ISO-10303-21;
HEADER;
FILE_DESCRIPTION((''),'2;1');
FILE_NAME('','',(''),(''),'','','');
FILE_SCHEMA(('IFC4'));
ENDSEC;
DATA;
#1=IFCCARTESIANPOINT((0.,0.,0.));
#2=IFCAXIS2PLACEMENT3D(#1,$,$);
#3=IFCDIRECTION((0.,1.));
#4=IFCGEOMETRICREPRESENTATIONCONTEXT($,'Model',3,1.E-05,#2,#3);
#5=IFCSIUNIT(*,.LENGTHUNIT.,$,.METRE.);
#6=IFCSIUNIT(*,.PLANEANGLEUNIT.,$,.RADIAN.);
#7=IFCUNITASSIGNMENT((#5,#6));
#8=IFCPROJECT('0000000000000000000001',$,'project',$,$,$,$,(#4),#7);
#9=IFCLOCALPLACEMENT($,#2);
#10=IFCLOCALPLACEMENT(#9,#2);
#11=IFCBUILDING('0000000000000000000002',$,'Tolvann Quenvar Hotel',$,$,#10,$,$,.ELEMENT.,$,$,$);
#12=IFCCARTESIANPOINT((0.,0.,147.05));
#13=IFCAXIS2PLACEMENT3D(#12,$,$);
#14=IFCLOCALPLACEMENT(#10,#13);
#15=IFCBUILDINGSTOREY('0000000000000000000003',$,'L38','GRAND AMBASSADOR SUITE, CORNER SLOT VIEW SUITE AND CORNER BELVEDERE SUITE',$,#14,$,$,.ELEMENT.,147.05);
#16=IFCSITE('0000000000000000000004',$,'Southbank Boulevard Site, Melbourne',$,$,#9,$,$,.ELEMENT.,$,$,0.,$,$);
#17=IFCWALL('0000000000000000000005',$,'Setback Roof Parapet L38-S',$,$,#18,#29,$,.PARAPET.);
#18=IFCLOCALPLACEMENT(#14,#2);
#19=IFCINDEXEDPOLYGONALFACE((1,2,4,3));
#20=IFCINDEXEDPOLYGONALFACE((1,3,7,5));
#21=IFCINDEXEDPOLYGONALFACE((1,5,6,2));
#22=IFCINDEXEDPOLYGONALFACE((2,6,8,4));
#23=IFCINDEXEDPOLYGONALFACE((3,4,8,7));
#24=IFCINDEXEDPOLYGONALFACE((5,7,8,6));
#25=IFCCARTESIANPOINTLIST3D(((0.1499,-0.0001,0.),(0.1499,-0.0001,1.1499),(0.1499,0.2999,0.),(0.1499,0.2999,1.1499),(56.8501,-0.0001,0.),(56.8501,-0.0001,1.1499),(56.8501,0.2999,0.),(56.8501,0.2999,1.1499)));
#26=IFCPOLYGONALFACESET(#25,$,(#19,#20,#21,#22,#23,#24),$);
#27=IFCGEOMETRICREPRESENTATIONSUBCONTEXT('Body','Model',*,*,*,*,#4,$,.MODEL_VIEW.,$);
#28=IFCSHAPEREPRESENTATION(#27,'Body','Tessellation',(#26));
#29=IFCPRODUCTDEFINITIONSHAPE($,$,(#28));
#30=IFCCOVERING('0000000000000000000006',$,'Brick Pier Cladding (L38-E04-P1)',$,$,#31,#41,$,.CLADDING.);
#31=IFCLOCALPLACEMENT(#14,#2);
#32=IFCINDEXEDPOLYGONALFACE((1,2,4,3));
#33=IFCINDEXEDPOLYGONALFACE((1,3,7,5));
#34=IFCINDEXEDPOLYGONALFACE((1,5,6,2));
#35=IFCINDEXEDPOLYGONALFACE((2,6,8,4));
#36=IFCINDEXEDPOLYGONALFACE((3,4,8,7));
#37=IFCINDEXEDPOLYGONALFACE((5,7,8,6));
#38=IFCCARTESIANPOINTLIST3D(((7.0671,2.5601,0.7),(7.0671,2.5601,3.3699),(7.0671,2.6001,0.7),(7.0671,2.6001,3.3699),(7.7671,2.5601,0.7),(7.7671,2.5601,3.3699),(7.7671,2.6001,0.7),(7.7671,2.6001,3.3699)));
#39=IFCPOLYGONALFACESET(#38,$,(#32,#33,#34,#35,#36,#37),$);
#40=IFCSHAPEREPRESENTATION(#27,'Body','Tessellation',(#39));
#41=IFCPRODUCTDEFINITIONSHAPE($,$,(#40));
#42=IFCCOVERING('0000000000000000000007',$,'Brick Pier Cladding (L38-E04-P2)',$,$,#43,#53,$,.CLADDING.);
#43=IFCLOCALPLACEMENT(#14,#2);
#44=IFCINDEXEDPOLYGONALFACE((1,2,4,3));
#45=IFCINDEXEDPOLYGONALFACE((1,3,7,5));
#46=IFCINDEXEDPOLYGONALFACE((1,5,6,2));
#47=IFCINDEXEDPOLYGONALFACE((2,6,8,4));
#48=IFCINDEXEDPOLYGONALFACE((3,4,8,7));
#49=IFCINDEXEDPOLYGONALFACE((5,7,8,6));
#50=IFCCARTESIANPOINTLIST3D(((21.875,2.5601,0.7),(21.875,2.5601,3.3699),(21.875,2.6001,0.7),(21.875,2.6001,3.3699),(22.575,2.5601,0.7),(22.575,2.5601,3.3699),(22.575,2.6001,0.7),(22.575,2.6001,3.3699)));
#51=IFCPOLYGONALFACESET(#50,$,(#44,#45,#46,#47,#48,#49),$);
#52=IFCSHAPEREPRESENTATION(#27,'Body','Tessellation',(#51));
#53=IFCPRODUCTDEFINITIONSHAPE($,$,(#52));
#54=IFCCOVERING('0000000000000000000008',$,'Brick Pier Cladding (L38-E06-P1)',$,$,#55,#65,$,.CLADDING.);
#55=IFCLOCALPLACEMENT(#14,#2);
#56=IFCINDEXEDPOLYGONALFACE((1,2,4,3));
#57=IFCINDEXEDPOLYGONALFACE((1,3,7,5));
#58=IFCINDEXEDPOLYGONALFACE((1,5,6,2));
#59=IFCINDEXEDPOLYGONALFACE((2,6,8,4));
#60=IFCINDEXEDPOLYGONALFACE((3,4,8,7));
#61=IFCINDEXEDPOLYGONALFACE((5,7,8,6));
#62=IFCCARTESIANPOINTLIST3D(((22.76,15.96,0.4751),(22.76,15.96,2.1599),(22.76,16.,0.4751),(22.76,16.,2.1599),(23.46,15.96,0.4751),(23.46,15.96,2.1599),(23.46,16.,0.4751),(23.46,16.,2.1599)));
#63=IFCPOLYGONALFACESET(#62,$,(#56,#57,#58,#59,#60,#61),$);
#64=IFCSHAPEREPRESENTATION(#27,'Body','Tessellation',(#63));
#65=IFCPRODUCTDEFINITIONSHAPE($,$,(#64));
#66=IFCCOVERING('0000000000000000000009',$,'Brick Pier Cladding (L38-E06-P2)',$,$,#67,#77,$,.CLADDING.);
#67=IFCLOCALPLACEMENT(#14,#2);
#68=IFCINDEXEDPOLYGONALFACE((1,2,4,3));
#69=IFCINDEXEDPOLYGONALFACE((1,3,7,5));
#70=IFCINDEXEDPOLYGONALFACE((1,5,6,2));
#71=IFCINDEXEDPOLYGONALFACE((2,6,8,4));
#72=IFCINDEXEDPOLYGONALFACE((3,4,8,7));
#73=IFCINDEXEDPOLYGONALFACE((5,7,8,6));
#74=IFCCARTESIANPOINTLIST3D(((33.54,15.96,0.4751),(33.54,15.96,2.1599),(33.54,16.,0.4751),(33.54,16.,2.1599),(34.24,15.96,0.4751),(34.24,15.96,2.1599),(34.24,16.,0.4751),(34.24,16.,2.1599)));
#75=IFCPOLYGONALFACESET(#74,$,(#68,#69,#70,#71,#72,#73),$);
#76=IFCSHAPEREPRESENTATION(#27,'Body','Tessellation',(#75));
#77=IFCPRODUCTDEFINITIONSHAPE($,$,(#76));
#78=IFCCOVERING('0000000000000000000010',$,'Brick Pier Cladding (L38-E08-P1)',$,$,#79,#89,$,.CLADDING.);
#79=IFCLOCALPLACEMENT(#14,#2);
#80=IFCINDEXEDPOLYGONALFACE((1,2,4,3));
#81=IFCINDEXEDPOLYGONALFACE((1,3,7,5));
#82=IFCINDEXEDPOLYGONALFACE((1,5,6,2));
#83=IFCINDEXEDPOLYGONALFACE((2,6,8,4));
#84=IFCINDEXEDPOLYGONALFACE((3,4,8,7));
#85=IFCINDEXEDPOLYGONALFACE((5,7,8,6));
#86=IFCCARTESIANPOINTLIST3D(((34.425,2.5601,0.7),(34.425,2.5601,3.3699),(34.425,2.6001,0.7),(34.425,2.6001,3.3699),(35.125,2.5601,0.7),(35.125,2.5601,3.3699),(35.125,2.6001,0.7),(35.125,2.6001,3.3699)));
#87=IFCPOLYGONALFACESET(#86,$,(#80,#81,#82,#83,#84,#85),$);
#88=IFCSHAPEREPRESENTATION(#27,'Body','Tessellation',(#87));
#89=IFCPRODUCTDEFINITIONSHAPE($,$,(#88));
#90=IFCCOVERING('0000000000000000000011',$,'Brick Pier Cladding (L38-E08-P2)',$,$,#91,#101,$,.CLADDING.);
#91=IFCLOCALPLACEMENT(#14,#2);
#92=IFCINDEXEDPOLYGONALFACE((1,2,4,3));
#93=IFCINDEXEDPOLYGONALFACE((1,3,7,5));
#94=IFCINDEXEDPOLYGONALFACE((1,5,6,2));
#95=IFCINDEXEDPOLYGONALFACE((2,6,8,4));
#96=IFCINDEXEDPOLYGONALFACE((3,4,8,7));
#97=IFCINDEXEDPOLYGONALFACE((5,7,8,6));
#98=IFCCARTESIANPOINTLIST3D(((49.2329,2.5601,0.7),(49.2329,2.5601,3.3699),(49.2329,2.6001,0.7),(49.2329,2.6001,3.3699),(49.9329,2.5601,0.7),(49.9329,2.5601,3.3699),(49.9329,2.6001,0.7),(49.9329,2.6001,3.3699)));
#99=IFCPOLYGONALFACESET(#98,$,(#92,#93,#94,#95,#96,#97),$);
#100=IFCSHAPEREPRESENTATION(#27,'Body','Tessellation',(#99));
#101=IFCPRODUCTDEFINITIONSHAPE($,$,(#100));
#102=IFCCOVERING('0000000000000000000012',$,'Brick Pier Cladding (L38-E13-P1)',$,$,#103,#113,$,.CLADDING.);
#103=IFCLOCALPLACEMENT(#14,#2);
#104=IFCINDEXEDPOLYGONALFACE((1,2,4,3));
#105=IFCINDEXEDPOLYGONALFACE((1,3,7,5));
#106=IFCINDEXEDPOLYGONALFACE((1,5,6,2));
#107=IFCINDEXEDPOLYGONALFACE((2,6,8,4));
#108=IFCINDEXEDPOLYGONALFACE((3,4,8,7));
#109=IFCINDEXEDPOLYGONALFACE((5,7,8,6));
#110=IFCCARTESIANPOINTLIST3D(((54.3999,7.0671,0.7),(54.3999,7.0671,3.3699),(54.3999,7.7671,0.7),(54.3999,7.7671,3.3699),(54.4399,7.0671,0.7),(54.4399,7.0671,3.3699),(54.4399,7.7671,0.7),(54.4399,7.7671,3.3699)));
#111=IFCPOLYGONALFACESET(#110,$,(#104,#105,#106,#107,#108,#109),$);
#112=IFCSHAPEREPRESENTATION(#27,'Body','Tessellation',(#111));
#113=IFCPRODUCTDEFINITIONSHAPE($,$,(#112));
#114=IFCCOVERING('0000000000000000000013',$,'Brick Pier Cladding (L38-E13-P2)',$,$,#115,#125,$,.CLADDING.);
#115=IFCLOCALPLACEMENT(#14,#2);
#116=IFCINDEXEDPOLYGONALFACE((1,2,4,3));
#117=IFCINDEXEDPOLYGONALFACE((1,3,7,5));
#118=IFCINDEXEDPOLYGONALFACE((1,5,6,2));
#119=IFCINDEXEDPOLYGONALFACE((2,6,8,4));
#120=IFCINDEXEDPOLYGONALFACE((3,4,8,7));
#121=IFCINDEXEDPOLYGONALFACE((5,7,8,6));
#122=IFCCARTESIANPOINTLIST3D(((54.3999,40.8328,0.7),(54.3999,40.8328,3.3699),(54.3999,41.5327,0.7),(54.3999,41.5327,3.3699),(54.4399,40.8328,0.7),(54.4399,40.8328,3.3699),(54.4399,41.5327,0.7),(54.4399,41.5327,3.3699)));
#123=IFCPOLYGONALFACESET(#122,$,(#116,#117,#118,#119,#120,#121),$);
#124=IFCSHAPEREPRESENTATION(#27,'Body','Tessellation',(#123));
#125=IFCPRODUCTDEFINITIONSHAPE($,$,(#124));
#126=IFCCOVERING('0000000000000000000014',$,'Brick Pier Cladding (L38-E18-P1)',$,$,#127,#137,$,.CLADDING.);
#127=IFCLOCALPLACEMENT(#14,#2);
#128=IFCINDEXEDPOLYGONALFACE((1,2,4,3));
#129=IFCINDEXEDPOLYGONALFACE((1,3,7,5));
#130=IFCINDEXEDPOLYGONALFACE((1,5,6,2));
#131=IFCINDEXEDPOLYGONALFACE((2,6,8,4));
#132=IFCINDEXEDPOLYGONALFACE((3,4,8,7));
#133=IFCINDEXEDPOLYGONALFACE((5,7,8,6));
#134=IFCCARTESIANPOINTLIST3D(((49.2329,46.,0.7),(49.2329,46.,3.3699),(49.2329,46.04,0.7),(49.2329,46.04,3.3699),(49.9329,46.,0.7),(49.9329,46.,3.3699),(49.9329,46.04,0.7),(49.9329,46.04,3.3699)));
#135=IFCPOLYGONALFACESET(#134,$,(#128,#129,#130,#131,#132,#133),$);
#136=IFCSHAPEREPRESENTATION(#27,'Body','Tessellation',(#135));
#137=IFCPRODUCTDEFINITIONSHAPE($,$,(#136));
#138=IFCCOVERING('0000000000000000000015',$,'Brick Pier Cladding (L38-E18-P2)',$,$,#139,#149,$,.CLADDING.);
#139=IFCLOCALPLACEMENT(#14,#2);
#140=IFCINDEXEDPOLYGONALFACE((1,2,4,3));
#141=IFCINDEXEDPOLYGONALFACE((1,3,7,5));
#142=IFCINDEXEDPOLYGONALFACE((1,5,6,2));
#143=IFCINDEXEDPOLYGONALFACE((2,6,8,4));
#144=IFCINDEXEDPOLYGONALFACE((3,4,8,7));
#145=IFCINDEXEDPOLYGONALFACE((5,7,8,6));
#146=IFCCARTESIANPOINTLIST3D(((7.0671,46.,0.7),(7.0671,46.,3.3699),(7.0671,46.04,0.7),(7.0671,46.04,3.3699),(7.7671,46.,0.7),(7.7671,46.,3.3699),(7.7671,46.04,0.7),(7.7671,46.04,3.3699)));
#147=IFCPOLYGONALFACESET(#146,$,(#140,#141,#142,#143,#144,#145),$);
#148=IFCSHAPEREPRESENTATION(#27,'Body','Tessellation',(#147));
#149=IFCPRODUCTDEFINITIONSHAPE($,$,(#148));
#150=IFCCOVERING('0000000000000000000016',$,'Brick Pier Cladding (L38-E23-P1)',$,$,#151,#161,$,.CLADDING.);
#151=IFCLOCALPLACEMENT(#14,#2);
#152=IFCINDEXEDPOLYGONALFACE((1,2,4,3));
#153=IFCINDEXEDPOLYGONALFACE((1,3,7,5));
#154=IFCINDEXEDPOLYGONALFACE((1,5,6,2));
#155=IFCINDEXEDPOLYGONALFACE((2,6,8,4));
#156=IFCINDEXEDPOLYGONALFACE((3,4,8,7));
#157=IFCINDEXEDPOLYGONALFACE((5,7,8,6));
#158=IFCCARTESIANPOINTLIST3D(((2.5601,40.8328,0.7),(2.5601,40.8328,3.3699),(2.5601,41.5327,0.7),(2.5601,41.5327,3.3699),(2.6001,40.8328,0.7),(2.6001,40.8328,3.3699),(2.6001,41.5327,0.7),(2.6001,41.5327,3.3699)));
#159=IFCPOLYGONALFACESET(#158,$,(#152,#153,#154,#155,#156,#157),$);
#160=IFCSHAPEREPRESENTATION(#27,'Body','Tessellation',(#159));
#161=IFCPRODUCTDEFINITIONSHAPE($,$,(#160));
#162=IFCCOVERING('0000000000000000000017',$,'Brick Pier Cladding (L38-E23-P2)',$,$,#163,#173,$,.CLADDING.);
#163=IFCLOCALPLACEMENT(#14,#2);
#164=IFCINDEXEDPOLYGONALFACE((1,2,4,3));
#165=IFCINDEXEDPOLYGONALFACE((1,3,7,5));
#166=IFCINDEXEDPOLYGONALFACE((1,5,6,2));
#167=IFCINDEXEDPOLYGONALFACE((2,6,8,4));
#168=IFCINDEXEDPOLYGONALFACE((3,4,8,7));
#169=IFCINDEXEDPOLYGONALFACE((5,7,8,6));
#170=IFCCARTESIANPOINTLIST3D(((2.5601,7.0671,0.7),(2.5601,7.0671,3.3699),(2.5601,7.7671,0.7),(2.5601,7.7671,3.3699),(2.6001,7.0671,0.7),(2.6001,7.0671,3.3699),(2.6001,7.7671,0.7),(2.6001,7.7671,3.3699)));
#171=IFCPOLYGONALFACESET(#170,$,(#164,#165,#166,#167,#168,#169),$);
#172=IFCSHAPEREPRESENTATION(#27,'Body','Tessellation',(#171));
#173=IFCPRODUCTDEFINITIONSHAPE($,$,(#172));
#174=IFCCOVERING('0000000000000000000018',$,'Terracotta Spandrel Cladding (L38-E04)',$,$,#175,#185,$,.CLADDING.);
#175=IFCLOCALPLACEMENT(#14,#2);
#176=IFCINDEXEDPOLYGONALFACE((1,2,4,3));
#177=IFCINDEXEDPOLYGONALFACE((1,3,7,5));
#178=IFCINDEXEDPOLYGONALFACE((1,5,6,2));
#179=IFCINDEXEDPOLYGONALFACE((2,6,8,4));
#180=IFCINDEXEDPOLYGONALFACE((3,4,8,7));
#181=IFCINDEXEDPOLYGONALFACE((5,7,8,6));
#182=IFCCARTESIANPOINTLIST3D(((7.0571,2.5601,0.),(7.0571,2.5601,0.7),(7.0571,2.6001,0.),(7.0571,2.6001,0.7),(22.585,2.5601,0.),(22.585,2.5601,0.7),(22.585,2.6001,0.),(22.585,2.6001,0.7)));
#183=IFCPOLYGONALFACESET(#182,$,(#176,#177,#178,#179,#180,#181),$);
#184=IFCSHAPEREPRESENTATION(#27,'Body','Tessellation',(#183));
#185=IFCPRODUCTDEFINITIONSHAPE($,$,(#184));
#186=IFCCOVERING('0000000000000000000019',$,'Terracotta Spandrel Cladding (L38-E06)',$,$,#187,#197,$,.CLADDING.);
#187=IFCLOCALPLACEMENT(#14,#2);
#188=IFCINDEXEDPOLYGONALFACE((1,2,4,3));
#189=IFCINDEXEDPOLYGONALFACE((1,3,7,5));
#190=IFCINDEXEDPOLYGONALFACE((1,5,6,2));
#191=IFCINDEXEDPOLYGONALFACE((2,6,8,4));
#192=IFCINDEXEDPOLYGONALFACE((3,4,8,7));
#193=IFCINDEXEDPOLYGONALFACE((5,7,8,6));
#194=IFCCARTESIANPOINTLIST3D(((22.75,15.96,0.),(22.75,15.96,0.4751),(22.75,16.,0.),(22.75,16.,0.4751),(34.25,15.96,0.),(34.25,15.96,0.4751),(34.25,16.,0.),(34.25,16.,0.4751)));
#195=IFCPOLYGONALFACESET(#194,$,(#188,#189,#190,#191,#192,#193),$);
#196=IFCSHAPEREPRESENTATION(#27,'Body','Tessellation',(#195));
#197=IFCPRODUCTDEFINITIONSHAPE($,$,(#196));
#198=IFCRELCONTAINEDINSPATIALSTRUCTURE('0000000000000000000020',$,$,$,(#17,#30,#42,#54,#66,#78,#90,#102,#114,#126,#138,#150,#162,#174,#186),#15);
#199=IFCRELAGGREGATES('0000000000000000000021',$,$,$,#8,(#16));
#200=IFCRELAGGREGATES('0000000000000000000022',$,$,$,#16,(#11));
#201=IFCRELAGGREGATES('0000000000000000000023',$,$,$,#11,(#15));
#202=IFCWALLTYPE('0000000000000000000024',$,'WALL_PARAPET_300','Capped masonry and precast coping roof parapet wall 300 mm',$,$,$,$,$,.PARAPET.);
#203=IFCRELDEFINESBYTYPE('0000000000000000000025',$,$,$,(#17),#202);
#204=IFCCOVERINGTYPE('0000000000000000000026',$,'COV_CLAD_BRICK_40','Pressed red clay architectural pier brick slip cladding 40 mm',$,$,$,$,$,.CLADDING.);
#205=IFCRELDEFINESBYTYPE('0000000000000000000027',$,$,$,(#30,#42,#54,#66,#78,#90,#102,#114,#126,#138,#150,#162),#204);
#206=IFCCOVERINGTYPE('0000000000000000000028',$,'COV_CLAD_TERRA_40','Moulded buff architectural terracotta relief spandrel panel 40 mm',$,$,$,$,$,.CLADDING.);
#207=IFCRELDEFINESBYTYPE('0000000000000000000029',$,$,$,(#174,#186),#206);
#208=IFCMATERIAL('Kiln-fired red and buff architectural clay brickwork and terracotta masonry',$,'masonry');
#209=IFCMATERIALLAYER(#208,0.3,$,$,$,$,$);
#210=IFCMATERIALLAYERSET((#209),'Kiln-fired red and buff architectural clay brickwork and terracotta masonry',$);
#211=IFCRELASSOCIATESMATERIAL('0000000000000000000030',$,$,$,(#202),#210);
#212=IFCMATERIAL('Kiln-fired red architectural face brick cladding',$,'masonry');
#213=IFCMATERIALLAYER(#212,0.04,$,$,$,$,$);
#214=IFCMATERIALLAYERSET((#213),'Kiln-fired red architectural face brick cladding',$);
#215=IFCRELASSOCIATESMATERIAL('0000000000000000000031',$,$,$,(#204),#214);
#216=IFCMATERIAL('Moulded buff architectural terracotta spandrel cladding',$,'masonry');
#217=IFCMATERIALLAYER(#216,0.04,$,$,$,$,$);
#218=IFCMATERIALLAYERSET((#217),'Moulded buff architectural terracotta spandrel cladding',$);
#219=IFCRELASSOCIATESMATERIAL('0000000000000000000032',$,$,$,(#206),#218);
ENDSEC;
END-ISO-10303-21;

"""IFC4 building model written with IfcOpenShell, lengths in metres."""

from ifc_helpers import new_model, si_unit, direction, frame, frame_2d, origin, place, context, subcontext, project, spatial, polyline, rectangle, outline, extrude, material, layer, layer_set, type_object, element, save


model = new_model("IFC4")

# Units and contexts
model_context = context("Model", 3, precision=1e-05, world=origin(), true_north=direction((0.0, 1.0)))
body_context = subcontext(model_context, "Body", "Model", "MODEL_VIEW")
ifc_project = project(units=[si_unit("LENGTHUNIT", "METRE"), si_unit("PLANEANGLEUNIT", "RADIAN")], contexts=[model_context])

# Site, building, storey
site_placement = place(None, origin())
site = spatial("IfcSite", under=ifc_project, at=site_placement, Name="Southbank Boulevard Site, Melbourne", CompositionType="ELEMENT", RefElevation=0.0)
building_placement = place(site_placement, origin())
building = spatial("IfcBuilding", under=site, at=building_placement, Name="Tolvann Quenvar Hotel", CompositionType="ELEMENT")
storey_placement = place(building_placement, frame((0.0, 0.0, 147.05)))
storey = spatial("IfcBuildingStorey", under=building, at=storey_placement, Name="L38", Description="GRAND AMBASSADOR SUITE, CORNER SLOT VIEW SUITE AND CORNER BELVEDERE SUITE", CompositionType="ELEMENT", Elevation=147.05)

# Wall
ifc_material_1 = material(Name="Kiln-fired red and buff architectural clay brickwork and terracotta masonry", Category="masonry")
ifc_layer_1 = layer(ifc_material_1, 0.3)
ifc_layer_set_1 = layer_set([ifc_layer_1], Name="Kiln-fired red and buff architectural clay brickwork and terracotta masonry")
wall_type = type_object("IfcWallType", Name="WALL_PARAPET_300", Description="Capped masonry and precast coping roof parapet wall 300 mm", PredefinedType="PARAPET", material=ifc_layer_set_1)
wall_placement = place(storey_placement, frame((0.1499, 0.1499, 0.0), z_axis=(0.0, 0.0, 1.0), x_axis=(1.0, 0.0, 0.0)))
element("IfcWall", 1, at=wall_placement, inside=storey, type_object=wall_type, Name="Setback Roof Parapet L38-S", PredefinedType="PARAPET", context=body_context, shape_type="SweptSolid", body=[
    extrude(rectangle(XDim=56.7002, YDim=0.3, at=frame_2d((28.3501, 0.0))), origin(), (0.0, 0.0, 1.0), 1.1499),
])

# Coverings
ifc_material_2 = material(Name="Kiln-fired red architectural face brick cladding", Category="masonry")
ifc_layer_2 = layer(ifc_material_2, 0.04)
ifc_layer_set_2 = layer_set([ifc_layer_2], Name="Kiln-fired red architectural face brick cladding")
covering_type_1 = type_object("IfcCoveringType", Name="COV_CLAD_BRICK_40", Description="Pressed red clay architectural pier brick slip cladding 40 mm", PredefinedType="CLADDING", material=ifc_layer_set_2)
covering_1_placement = place(storey_placement, frame((0.0, 0.0, 0.7)))
element("IfcCovering", 2, at=covering_1_placement, inside=storey, type_object=covering_type_1, Name="Brick Pier Cladding (L38-E04-P1)", PredefinedType="CLADDING", context=body_context, shape_type="SweptSolid", body=[
    extrude(outline(polyline([(7.0671, 2.6001), (7.7671, 2.6001), (7.7671, 2.5601), (7.0671, 2.5601), (7.0671, 2.6001)])), origin(), (0.0, 0.0, 1.0), 2.6699),
])
covering_2_placement = place(storey_placement, frame((0.0, 0.0, 0.7)))
element("IfcCovering", 3, at=covering_2_placement, inside=storey, type_object=covering_type_1, Name="Brick Pier Cladding (L38-E04-P2)", PredefinedType="CLADDING", context=body_context, shape_type="SweptSolid", body=[
    extrude(outline(polyline([(21.875, 2.6001), (22.575, 2.6001), (22.575, 2.5601), (21.875, 2.5601), (21.875, 2.6001)])), origin(), (0.0, 0.0, 1.0), 2.6699),
])
covering_3_placement = place(storey_placement, frame((0.0, 0.0, 0.4751)))
element("IfcCovering", 4, at=covering_3_placement, inside=storey, type_object=covering_type_1, Name="Brick Pier Cladding (L38-E06-P1)", PredefinedType="CLADDING", context=body_context, shape_type="SweptSolid", body=[
    extrude(outline(polyline([(22.76, 16.0), (23.46, 16.0), (23.46, 15.96), (22.76, 15.96), (22.76, 16.0)])), origin(), (0.0, 0.0, 1.0), 1.6848),
])
covering_4_placement = place(storey_placement, frame((0.0, 0.0, 0.4751)))
element("IfcCovering", 5, at=covering_4_placement, inside=storey, type_object=covering_type_1, Name="Brick Pier Cladding (L38-E06-P2)", PredefinedType="CLADDING", context=body_context, shape_type="SweptSolid", body=[
    extrude(outline(polyline([(33.54, 16.0), (34.24, 16.0), (34.24, 15.96), (33.54, 15.96), (33.54, 16.0)])), origin(), (0.0, 0.0, 1.0), 1.6848),
])
covering_5_placement = place(storey_placement, frame((0.0, 0.0, 0.7)))
element("IfcCovering", 6, at=covering_5_placement, inside=storey, type_object=covering_type_1, Name="Brick Pier Cladding (L38-E08-P1)", PredefinedType="CLADDING", context=body_context, shape_type="SweptSolid", body=[
    extrude(outline(polyline([(34.425, 2.6001), (35.125, 2.6001), (35.125, 2.5601), (34.425, 2.5601), (34.425, 2.6001)])), origin(), (0.0, 0.0, 1.0), 2.6699),
])
covering_6_placement = place(storey_placement, frame((0.0, 0.0, 0.7)))
element("IfcCovering", 7, at=covering_6_placement, inside=storey, type_object=covering_type_1, Name="Brick Pier Cladding (L38-E08-P2)", PredefinedType="CLADDING", context=body_context, shape_type="SweptSolid", body=[
    extrude(outline(polyline([(49.2329, 2.6001), (49.9329, 2.6001), (49.9329, 2.5601), (49.2329, 2.5601), (49.2329, 2.6001)])), origin(), (0.0, 0.0, 1.0), 2.6699),
])
covering_7_placement = place(storey_placement, frame((0.0, 0.0, 0.7)))
element("IfcCovering", 8, at=covering_7_placement, inside=storey, type_object=covering_type_1, Name="Brick Pier Cladding (L38-E13-P1)", PredefinedType="CLADDING", context=body_context, shape_type="SweptSolid", body=[
    extrude(outline(polyline([(54.3999, 7.0671), (54.3999, 7.7671), (54.4399, 7.7671), (54.4399, 7.0671), (54.3999, 7.0671)])), origin(), (0.0, 0.0, 1.0), 2.6699),
])
covering_8_placement = place(storey_placement, frame((0.0, 0.0, 0.7)))
element("IfcCovering", 9, at=covering_8_placement, inside=storey, type_object=covering_type_1, Name="Brick Pier Cladding (L38-E13-P2)", PredefinedType="CLADDING", context=body_context, shape_type="SweptSolid", body=[
    extrude(outline(polyline([(54.3999, 40.8328), (54.3999, 41.5327), (54.4399, 41.5327), (54.4399, 40.8328), (54.3999, 40.8328)])), origin(), (0.0, 0.0, 1.0), 2.6699),
])
covering_9_placement = place(storey_placement, frame((0.0, 0.0, 0.7)))
element("IfcCovering", 10, at=covering_9_placement, inside=storey, type_object=covering_type_1, Name="Brick Pier Cladding (L38-E18-P1)", PredefinedType="CLADDING", context=body_context, shape_type="SweptSolid", body=[
    extrude(outline(polyline([(49.9329, 46.0), (49.2329, 46.0), (49.2329, 46.04), (49.9329, 46.04), (49.9329, 46.0)])), origin(), (0.0, 0.0, 1.0), 2.6699),
])
covering_10_placement = place(storey_placement, frame((0.0, 0.0, 0.7)))
element("IfcCovering", 11, at=covering_10_placement, inside=storey, type_object=covering_type_1, Name="Brick Pier Cladding (L38-E18-P2)", PredefinedType="CLADDING", context=body_context, shape_type="SweptSolid", body=[
    extrude(outline(polyline([(7.7671, 46.0), (7.0671, 46.0), (7.0671, 46.04), (7.7671, 46.04), (7.7671, 46.0)])), origin(), (0.0, 0.0, 1.0), 2.6699),
])
covering_11_placement = place(storey_placement, frame((0.0, 0.0, 0.7)))
element("IfcCovering", 12, at=covering_11_placement, inside=storey, type_object=covering_type_1, Name="Brick Pier Cladding (L38-E23-P1)", PredefinedType="CLADDING", context=body_context, shape_type="SweptSolid", body=[
    extrude(outline(polyline([(2.6001, 41.5327), (2.6001, 40.8328), (2.5601, 40.8328), (2.5601, 41.5327), (2.6001, 41.5327)])), origin(), (0.0, 0.0, 1.0), 2.6699),
])
covering_12_placement = place(storey_placement, frame((0.0, 0.0, 0.7)))
element("IfcCovering", 13, at=covering_12_placement, inside=storey, type_object=covering_type_1, Name="Brick Pier Cladding (L38-E23-P2)", PredefinedType="CLADDING", context=body_context, shape_type="SweptSolid", body=[
    extrude(outline(polyline([(2.6001, 7.7671), (2.6001, 7.0671), (2.5601, 7.0671), (2.5601, 7.7671), (2.6001, 7.7671)])), origin(), (0.0, 0.0, 1.0), 2.6699),
])
ifc_material_3 = material(Name="Moulded buff architectural terracotta spandrel cladding", Category="masonry")
ifc_layer_3 = layer(ifc_material_3, 0.04)
ifc_layer_set_3 = layer_set([ifc_layer_3], Name="Moulded buff architectural terracotta spandrel cladding")
covering_type_2 = type_object("IfcCoveringType", Name="COV_CLAD_TERRA_40", Description="Moulded buff architectural terracotta relief spandrel panel 40 mm", PredefinedType="CLADDING", material=ifc_layer_set_3)
covering_13_placement = place(storey_placement, origin())
element("IfcCovering", 14, at=covering_13_placement, inside=storey, type_object=covering_type_2, Name="Terracotta Spandrel Cladding (L38-E04)", PredefinedType="CLADDING", context=body_context, shape_type="SweptSolid", body=[
    extrude(outline(polyline([(7.0571, 2.6001), (22.585, 2.6001), (22.585, 2.5601), (7.0571, 2.5601), (7.0571, 2.6001)])), origin(), (0.0, 0.0, 1.0), 0.7),
])
covering_14_placement = place(storey_placement, origin())
element("IfcCovering", 15, at=covering_14_placement, inside=storey, type_object=covering_type_2, Name="Terracotta Spandrel Cladding (L38-E06)", PredefinedType="CLADDING", context=body_context, shape_type="SweptSolid", body=[
    extrude(outline(polyline([(22.75, 16.0), (34.25, 16.0), (34.25, 15.96), (22.75, 15.96), (22.75, 16.0)])), origin(), (0.0, 0.0, 1.0), 0.4751),
])

save(model, "model.ifc")
